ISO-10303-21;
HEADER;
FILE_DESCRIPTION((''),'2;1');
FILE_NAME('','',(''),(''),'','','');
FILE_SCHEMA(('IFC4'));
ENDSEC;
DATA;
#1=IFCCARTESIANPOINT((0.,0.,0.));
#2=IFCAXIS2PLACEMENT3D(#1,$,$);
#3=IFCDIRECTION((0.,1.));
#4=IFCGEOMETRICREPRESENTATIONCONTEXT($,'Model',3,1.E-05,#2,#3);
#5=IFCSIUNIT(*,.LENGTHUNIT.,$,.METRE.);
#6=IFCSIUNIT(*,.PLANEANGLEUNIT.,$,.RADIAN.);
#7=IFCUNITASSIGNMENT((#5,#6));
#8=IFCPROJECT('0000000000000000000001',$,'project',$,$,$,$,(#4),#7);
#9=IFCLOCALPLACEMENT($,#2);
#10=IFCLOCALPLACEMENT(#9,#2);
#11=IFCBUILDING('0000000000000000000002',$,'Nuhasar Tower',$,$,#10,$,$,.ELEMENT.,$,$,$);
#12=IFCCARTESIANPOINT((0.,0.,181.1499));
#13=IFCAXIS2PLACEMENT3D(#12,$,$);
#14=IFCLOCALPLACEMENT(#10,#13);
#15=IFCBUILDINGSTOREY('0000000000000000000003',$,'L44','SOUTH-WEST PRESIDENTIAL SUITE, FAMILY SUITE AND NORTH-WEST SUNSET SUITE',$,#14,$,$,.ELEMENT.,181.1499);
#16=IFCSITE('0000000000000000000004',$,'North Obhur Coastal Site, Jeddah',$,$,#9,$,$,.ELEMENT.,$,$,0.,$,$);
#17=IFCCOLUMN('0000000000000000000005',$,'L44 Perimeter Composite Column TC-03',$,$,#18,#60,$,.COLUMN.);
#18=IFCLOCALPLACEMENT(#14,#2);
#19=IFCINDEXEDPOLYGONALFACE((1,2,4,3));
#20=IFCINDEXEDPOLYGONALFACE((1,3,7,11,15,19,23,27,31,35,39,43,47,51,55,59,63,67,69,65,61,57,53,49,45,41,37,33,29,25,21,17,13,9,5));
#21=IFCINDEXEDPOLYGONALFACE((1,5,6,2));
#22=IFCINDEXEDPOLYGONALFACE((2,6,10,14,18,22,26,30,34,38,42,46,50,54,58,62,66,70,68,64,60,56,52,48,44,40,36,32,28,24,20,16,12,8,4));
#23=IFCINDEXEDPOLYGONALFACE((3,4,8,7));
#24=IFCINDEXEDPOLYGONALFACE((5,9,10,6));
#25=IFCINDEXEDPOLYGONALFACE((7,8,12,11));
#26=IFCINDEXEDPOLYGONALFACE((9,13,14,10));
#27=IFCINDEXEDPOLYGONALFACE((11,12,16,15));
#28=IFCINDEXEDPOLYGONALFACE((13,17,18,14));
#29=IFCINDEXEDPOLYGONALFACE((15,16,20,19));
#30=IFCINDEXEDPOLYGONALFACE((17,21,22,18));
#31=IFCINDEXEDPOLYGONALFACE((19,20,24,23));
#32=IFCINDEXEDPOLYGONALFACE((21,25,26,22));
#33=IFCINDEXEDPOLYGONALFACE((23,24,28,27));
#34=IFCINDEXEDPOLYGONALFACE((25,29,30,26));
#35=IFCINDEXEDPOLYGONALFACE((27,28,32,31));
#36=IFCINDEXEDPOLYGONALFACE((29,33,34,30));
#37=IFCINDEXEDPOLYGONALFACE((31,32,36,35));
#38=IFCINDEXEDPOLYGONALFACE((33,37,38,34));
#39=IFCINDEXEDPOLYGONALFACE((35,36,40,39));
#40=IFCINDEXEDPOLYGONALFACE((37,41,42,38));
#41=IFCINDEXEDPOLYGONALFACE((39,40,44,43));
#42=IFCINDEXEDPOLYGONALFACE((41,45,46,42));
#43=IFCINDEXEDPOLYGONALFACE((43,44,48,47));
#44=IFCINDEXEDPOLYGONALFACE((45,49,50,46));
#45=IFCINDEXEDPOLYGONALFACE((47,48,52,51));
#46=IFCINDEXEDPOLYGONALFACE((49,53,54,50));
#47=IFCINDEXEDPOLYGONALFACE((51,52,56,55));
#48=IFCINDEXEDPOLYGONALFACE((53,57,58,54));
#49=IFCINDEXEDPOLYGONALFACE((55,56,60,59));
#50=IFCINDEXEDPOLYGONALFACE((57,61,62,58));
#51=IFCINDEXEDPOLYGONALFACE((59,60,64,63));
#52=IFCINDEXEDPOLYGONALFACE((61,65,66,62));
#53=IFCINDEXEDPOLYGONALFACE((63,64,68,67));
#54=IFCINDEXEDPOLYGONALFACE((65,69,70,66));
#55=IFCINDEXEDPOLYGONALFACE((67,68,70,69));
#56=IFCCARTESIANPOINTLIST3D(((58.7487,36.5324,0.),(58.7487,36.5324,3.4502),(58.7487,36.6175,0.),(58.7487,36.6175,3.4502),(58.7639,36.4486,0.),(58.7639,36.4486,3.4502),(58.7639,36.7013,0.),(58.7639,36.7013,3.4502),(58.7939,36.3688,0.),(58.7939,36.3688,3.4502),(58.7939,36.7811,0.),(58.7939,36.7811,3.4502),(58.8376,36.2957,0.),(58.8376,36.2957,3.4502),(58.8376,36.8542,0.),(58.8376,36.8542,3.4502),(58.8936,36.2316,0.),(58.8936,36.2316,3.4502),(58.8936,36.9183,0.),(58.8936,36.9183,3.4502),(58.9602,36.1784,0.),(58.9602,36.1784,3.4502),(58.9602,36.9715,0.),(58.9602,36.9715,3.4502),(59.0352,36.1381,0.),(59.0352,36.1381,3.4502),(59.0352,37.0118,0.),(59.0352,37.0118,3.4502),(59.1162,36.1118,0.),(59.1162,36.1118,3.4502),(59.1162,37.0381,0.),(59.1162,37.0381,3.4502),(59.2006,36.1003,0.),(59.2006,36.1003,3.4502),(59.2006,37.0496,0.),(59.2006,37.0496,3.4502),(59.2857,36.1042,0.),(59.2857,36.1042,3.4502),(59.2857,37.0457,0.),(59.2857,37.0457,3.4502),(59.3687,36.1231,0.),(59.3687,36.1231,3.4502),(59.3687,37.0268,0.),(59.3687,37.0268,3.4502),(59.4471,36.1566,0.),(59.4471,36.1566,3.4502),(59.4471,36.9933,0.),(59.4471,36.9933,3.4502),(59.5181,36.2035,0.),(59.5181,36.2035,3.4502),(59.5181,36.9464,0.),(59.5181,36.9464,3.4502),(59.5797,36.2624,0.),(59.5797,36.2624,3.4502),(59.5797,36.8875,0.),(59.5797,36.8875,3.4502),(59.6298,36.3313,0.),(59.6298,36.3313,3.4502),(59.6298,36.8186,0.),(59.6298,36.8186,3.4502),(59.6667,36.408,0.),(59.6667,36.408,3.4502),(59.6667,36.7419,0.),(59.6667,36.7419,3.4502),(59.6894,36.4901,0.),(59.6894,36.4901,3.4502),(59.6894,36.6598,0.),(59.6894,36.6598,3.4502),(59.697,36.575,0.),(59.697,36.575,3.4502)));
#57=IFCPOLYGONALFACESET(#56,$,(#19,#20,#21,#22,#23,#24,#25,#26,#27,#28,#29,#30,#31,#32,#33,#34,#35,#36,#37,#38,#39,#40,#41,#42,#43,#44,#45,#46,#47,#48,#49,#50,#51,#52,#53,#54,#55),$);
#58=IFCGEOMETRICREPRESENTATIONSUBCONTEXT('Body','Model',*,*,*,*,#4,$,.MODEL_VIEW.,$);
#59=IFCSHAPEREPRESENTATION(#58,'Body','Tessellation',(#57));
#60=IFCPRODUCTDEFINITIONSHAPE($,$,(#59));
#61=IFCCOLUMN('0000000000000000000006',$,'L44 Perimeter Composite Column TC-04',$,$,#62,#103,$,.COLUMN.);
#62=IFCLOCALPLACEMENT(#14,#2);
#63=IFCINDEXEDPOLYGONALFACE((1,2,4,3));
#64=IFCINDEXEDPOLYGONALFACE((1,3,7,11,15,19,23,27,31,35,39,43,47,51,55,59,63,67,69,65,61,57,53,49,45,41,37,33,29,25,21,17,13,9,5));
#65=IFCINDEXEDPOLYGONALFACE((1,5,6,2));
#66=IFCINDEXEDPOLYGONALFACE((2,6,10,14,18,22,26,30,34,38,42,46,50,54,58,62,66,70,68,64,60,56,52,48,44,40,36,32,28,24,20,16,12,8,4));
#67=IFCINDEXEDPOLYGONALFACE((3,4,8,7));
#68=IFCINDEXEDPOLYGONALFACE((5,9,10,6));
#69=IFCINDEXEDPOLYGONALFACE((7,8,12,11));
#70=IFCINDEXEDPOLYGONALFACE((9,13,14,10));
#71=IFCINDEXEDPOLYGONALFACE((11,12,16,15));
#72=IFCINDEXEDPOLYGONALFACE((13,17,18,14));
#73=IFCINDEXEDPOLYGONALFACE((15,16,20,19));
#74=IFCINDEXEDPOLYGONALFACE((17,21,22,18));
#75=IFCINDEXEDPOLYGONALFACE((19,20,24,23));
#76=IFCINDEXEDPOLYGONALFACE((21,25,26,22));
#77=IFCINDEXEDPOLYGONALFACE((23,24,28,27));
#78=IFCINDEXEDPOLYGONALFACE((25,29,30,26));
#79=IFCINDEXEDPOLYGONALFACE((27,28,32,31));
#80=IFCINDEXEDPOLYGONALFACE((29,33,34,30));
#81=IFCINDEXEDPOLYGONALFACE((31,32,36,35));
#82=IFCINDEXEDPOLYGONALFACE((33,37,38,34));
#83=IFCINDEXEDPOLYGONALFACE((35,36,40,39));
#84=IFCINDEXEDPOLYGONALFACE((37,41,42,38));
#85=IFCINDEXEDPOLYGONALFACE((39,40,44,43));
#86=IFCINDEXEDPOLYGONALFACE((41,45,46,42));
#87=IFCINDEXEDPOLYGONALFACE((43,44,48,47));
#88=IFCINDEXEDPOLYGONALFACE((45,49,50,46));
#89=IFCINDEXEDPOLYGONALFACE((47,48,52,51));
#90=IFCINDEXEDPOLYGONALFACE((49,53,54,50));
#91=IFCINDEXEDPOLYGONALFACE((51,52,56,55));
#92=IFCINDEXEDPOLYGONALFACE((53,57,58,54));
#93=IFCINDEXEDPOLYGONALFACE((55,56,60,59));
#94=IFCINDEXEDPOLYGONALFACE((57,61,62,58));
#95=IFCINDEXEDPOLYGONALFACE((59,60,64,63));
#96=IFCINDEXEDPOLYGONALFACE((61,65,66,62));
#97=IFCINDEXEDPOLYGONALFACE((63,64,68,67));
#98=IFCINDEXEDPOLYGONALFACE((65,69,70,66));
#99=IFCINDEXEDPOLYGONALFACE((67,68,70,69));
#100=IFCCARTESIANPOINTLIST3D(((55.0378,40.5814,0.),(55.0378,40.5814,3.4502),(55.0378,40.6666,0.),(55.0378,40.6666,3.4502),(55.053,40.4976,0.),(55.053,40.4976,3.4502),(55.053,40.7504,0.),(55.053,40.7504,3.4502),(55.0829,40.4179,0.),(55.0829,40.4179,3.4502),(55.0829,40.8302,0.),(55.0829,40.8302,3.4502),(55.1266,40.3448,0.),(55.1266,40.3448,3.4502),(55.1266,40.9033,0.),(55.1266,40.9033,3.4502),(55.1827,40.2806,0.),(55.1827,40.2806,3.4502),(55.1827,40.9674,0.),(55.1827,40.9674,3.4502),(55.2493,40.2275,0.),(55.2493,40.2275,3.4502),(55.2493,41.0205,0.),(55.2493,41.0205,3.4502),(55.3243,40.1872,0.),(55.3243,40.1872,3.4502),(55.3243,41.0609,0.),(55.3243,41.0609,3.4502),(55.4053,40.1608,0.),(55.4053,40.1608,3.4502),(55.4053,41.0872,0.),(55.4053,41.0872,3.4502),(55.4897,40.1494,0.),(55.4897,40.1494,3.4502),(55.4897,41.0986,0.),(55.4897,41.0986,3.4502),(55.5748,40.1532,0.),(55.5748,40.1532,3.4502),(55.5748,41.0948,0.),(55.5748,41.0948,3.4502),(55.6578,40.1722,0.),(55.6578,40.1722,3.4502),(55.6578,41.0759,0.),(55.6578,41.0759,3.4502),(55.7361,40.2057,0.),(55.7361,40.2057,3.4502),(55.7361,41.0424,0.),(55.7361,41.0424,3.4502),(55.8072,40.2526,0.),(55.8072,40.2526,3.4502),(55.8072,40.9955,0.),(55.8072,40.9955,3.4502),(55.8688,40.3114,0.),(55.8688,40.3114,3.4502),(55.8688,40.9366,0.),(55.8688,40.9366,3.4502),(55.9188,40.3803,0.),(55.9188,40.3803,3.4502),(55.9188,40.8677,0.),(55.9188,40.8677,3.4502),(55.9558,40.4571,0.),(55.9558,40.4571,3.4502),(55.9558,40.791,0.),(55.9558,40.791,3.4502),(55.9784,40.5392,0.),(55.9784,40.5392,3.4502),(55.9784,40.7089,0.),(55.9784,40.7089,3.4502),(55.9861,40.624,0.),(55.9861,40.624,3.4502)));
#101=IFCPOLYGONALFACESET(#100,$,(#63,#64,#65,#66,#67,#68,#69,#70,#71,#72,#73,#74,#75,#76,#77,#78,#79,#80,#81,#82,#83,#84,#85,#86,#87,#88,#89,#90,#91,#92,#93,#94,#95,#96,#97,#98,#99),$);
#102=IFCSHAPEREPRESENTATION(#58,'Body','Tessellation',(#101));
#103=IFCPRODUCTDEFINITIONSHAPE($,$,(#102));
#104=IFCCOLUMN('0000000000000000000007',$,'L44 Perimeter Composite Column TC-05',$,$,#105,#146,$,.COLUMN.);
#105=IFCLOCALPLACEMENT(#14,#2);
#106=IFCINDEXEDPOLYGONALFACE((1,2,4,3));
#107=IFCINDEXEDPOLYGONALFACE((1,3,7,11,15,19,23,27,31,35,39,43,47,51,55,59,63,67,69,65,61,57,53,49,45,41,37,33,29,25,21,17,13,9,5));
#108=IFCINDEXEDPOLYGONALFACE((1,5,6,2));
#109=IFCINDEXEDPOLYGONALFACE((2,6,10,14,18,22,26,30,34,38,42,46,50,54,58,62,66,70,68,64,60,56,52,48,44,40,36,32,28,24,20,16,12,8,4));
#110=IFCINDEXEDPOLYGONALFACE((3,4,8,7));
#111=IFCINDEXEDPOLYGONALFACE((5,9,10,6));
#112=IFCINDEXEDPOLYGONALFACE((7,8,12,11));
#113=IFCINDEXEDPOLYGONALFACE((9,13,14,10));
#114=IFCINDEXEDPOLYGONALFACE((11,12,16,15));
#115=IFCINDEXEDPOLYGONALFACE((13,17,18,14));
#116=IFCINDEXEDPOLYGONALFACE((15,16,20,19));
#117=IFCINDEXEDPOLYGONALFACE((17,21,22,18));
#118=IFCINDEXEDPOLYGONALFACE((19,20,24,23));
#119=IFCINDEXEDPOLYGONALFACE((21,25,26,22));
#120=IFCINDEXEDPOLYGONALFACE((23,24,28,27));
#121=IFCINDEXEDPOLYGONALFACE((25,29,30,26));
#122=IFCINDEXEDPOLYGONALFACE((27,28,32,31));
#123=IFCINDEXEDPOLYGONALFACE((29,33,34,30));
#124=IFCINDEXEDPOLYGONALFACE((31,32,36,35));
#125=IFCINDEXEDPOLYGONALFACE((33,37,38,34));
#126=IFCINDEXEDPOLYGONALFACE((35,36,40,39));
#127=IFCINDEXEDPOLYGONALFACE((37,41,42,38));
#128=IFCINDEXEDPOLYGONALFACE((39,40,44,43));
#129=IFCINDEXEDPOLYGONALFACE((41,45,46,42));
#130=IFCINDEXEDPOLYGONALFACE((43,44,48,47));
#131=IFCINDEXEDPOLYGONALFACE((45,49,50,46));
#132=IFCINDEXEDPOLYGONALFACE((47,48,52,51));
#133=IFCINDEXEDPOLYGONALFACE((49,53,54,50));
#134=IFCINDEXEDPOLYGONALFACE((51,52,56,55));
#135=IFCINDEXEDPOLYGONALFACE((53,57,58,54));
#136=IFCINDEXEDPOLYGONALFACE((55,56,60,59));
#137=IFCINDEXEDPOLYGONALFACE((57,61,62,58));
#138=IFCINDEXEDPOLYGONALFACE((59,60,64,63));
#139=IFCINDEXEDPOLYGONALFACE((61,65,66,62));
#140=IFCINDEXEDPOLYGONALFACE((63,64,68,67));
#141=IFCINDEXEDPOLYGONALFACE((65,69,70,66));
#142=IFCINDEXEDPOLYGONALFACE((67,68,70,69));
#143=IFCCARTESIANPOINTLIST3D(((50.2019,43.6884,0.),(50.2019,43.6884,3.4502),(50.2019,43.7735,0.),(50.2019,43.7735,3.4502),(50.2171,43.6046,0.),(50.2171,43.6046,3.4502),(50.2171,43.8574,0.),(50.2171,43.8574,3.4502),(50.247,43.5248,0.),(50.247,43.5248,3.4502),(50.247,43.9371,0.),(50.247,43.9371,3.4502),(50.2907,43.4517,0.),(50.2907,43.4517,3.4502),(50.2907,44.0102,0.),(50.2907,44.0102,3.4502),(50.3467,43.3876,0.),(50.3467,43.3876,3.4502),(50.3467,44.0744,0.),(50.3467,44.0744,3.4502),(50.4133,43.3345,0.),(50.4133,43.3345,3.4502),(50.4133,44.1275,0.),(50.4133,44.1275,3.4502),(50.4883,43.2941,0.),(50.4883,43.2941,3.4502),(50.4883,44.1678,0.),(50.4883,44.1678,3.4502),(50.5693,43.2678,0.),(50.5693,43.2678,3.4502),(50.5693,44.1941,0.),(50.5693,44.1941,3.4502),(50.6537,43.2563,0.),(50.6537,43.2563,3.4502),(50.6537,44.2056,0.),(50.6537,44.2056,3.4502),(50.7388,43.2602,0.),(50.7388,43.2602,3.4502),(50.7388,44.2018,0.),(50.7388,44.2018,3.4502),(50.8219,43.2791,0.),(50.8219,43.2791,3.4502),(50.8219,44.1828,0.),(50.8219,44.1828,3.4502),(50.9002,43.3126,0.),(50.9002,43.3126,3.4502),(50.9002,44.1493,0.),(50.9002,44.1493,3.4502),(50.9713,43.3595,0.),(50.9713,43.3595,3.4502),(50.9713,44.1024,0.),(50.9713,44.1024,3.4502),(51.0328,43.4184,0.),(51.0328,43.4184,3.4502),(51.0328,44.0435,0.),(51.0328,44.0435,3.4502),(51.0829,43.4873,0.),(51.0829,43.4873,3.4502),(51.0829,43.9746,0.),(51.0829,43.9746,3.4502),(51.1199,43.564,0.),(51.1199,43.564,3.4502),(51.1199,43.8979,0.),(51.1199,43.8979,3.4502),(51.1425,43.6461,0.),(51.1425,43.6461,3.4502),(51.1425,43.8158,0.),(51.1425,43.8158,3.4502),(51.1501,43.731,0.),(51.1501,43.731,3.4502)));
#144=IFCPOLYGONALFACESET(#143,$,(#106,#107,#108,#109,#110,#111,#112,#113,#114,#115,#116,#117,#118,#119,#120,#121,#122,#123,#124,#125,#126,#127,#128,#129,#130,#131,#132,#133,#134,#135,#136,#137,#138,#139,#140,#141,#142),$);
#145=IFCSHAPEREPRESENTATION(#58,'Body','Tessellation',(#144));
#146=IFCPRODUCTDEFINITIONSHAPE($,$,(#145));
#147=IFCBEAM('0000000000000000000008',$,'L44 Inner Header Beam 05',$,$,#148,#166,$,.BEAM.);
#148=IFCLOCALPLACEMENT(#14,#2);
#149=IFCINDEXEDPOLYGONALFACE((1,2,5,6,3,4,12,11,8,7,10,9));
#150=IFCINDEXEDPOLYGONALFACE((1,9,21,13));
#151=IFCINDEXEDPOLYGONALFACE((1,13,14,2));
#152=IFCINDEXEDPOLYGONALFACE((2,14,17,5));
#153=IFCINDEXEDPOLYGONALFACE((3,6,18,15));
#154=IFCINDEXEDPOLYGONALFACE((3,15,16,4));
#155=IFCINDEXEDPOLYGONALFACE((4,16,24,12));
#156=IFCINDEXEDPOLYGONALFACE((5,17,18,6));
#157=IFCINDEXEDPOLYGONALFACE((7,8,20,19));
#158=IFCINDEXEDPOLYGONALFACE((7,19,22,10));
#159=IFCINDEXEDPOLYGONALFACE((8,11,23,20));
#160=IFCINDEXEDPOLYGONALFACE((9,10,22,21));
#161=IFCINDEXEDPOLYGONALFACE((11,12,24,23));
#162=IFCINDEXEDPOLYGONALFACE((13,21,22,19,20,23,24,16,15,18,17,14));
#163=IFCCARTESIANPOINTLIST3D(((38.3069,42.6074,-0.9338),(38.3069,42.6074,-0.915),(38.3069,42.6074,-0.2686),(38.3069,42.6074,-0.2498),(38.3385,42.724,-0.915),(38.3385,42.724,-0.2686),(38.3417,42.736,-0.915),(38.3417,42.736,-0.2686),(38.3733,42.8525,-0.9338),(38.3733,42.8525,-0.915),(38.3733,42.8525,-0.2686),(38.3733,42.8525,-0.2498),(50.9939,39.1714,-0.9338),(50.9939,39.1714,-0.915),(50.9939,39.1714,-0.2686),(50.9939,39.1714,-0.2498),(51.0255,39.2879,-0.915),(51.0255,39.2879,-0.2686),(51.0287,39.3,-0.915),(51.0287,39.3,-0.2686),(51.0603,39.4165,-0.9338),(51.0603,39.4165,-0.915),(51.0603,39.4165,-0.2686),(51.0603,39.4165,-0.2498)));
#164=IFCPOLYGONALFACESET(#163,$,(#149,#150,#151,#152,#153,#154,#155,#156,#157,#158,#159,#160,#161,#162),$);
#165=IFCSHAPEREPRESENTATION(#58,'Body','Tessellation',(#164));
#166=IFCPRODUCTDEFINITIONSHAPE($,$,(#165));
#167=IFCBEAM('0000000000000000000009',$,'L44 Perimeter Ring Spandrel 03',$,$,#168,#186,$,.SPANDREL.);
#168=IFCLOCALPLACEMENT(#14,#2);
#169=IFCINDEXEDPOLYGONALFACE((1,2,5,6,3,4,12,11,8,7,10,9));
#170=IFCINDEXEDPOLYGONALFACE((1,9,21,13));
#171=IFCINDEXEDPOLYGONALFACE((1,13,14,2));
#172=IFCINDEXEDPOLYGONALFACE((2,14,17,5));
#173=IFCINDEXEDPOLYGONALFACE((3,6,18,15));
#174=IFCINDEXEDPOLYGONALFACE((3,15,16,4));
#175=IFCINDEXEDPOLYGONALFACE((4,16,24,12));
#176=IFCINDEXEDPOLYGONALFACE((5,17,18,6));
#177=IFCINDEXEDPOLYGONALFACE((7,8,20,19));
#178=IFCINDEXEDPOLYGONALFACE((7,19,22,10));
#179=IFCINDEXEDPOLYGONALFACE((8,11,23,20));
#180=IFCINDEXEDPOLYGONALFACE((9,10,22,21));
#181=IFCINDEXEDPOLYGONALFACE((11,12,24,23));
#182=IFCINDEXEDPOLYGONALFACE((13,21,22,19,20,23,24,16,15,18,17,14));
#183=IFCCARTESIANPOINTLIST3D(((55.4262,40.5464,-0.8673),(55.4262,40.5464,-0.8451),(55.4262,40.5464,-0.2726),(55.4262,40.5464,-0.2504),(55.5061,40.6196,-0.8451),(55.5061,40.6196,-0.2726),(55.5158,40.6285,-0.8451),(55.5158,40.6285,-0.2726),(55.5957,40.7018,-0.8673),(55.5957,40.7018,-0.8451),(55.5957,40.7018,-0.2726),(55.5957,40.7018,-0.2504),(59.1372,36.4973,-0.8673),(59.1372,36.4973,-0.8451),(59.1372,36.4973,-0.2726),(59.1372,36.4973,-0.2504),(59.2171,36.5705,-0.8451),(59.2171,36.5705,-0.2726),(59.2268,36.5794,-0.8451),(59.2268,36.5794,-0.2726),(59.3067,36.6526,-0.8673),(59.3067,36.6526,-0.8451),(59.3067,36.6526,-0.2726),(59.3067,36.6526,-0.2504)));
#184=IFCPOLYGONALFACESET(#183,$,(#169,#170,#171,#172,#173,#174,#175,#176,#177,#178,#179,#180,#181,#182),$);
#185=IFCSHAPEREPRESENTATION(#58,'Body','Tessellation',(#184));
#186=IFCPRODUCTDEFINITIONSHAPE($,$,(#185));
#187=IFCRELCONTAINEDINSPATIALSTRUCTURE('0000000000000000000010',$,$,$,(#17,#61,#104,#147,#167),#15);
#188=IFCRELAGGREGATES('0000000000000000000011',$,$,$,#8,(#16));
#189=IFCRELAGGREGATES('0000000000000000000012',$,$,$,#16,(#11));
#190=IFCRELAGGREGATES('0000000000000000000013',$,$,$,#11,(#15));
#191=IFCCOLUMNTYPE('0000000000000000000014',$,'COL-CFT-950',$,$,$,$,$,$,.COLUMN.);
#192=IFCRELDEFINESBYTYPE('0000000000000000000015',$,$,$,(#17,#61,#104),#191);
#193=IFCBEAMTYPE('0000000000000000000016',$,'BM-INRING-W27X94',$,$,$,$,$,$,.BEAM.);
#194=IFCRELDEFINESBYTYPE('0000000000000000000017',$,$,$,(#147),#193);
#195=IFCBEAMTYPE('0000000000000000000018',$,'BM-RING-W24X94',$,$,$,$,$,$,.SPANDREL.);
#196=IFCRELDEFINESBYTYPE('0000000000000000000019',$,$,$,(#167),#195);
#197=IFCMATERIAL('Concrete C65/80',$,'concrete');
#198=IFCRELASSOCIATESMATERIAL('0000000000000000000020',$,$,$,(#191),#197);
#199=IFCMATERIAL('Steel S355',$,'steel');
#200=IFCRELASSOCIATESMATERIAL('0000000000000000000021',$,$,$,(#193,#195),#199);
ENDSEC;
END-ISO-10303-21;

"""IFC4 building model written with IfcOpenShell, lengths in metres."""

from ifc_helpers import new_model, si_unit, direction, frame, origin, origin_2d, place, context, subcontext, project, spatial, circle, i_section, extrude, material, material_profile, profile_set, type_object, element, save


model = new_model("IFC4")

# Units and contexts
model_context = context("Model", 3, precision=1e-05, world=origin(), true_north=direction((0.0, 1.0)))
body_context = subcontext(model_context, "Body", "Model", "MODEL_VIEW")
ifc_project = project(units=[si_unit("LENGTHUNIT", "METRE"), si_unit("PLANEANGLEUNIT", "RADIAN")], contexts=[model_context])

# Site, building, storey
site_placement = place(None, origin())
site = spatial("IfcSite", under=ifc_project, at=site_placement, Name="North Obhur Coastal Site, Jeddah", CompositionType="ELEMENT", RefElevation=0.0)
building_placement = place(site_placement, origin())
building = spatial("IfcBuilding", under=site, at=building_placement, Name="Nuhasar Tower", CompositionType="ELEMENT")
storey_placement = place(building_placement, frame((0.0, 0.0, 181.1499)))
storey = spatial("IfcBuildingStorey", under=building, at=storey_placement, Name="L44", Description="SOUTH-WEST PRESIDENTIAL SUITE, FAMILY SUITE AND NORTH-WEST SUNSET SUITE", CompositionType="ELEMENT", Elevation=181.1499)

# Columns
ifc_material_1 = material(Name="Concrete C65/80", Category="concrete")
ifc_material_profile_1 = material_profile(ifc_material_1, circle(Radius=0.4751, at=origin_2d()), Name="CFT950")
ifc_profile_set_1 = profile_set([ifc_material_profile_1], Name="Concrete C65/80")
column_type = type_object("IfcColumnType", Name="COL-CFT-950", PredefinedType="COLUMN", material=ifc_profile_set_1)
for number, where, z_axis, x_axis, name in (
    (1, (59.2219, 36.575, 0.0), (0.0, 0.0, 1.0), (1.0, 0.0, 0.0), "L44 Perimeter Composite Column TC-03"),
    (2, (55.511, 40.624, 0.0), (0.0, 0.0, 1.0), (1.0, 0.0, 0.0), "L44 Perimeter Composite Column TC-04"),
    (3, (50.675, 43.731, 0.0), (0.0, 0.0, 1.0), (1.0, 0.0, 0.0), "L44 Perimeter Composite Column TC-05"),
):
    element("IfcColumn", number, at=place(storey_placement, frame(where, z_axis=z_axis, x_axis=x_axis)), inside=storey, type_object=column_type, Name=name, PredefinedType="COLUMN", context=body_context, shape_type="SweptSolid", body=[
        extrude(circle(Radius=0.4751, at=origin_2d()), origin(), (0.0, 0.0, 1.0), 3.4502),
    ])

# Beams
ifc_material_2 = material(Name="Steel S355", Category="steel")
ifc_material_profile_2 = material_profile(ifc_material_2, i_section(OverallWidth=0.2539, OverallDepth=0.6841, WebThickness=0.0125, FlangeThickness=0.0188, at=origin_2d()), Name="W27X94")
ifc_profile_set_2 = profile_set([ifc_material_profile_2], Name="Steel S355")
beam_type_1 = type_object("IfcBeamType", Name="BM-INRING-W27X94", PredefinedType="BEAM", material=ifc_profile_set_2)
beam_1_placement = place(storey_placement, frame((51.0271, 39.2939, -0.5918), z_axis=(-0.965227, 0.261413, 0.0), x_axis=(-0.261413, -0.965227, 0.0)))
element("IfcBeam", 4, at=beam_1_placement, inside=storey, type_object=beam_type_1, Name="L44 Inner Header Beam 05", PredefinedType="BEAM", context=body_context, shape_type="SweptSolid", body=[
    extrude(i_section(OverallWidth=0.2539, OverallDepth=0.6841, WebThickness=0.0125, FlangeThickness=0.0188, at=origin_2d()), origin(), (0.0, 0.0, 1.0), 13.144),
])
ifc_material_profile_3 = material_profile(ifc_material_2, i_section(OverallWidth=0.23, OverallDepth=0.6169, WebThickness=0.0132, FlangeThickness=0.0222, at=origin_2d()), Name="W24X94")
ifc_profile_set_3 = profile_set([ifc_material_profile_3], Name="Steel S355")
beam_type_2 = type_object("IfcBeamType", Name="BM-RING-W24X94", PredefinedType="SPANDREL", material=ifc_profile_set_3)
beam_2_placement = place(storey_placement, frame((59.2219, 36.575, -0.5588), z_axis=(-0.675654, 0.737219, 0.0), x_axis=(-0.737219, -0.675654, 0.0)))
element("IfcBeam", 5, at=beam_2_placement, inside=storey, type_object=beam_type_2, Name="L44 Perimeter Ring Spandrel 03", PredefinedType="SPANDREL", context=body_context, shape_type="SweptSolid", body=[
    extrude(i_section(OverallWidth=0.23, OverallDepth=0.6169, WebThickness=0.0132, FlangeThickness=0.0222, at=origin_2d()), origin(), (0.0, 0.0, 1.0), 5.4924),
])

save(model, "model.ifc")
